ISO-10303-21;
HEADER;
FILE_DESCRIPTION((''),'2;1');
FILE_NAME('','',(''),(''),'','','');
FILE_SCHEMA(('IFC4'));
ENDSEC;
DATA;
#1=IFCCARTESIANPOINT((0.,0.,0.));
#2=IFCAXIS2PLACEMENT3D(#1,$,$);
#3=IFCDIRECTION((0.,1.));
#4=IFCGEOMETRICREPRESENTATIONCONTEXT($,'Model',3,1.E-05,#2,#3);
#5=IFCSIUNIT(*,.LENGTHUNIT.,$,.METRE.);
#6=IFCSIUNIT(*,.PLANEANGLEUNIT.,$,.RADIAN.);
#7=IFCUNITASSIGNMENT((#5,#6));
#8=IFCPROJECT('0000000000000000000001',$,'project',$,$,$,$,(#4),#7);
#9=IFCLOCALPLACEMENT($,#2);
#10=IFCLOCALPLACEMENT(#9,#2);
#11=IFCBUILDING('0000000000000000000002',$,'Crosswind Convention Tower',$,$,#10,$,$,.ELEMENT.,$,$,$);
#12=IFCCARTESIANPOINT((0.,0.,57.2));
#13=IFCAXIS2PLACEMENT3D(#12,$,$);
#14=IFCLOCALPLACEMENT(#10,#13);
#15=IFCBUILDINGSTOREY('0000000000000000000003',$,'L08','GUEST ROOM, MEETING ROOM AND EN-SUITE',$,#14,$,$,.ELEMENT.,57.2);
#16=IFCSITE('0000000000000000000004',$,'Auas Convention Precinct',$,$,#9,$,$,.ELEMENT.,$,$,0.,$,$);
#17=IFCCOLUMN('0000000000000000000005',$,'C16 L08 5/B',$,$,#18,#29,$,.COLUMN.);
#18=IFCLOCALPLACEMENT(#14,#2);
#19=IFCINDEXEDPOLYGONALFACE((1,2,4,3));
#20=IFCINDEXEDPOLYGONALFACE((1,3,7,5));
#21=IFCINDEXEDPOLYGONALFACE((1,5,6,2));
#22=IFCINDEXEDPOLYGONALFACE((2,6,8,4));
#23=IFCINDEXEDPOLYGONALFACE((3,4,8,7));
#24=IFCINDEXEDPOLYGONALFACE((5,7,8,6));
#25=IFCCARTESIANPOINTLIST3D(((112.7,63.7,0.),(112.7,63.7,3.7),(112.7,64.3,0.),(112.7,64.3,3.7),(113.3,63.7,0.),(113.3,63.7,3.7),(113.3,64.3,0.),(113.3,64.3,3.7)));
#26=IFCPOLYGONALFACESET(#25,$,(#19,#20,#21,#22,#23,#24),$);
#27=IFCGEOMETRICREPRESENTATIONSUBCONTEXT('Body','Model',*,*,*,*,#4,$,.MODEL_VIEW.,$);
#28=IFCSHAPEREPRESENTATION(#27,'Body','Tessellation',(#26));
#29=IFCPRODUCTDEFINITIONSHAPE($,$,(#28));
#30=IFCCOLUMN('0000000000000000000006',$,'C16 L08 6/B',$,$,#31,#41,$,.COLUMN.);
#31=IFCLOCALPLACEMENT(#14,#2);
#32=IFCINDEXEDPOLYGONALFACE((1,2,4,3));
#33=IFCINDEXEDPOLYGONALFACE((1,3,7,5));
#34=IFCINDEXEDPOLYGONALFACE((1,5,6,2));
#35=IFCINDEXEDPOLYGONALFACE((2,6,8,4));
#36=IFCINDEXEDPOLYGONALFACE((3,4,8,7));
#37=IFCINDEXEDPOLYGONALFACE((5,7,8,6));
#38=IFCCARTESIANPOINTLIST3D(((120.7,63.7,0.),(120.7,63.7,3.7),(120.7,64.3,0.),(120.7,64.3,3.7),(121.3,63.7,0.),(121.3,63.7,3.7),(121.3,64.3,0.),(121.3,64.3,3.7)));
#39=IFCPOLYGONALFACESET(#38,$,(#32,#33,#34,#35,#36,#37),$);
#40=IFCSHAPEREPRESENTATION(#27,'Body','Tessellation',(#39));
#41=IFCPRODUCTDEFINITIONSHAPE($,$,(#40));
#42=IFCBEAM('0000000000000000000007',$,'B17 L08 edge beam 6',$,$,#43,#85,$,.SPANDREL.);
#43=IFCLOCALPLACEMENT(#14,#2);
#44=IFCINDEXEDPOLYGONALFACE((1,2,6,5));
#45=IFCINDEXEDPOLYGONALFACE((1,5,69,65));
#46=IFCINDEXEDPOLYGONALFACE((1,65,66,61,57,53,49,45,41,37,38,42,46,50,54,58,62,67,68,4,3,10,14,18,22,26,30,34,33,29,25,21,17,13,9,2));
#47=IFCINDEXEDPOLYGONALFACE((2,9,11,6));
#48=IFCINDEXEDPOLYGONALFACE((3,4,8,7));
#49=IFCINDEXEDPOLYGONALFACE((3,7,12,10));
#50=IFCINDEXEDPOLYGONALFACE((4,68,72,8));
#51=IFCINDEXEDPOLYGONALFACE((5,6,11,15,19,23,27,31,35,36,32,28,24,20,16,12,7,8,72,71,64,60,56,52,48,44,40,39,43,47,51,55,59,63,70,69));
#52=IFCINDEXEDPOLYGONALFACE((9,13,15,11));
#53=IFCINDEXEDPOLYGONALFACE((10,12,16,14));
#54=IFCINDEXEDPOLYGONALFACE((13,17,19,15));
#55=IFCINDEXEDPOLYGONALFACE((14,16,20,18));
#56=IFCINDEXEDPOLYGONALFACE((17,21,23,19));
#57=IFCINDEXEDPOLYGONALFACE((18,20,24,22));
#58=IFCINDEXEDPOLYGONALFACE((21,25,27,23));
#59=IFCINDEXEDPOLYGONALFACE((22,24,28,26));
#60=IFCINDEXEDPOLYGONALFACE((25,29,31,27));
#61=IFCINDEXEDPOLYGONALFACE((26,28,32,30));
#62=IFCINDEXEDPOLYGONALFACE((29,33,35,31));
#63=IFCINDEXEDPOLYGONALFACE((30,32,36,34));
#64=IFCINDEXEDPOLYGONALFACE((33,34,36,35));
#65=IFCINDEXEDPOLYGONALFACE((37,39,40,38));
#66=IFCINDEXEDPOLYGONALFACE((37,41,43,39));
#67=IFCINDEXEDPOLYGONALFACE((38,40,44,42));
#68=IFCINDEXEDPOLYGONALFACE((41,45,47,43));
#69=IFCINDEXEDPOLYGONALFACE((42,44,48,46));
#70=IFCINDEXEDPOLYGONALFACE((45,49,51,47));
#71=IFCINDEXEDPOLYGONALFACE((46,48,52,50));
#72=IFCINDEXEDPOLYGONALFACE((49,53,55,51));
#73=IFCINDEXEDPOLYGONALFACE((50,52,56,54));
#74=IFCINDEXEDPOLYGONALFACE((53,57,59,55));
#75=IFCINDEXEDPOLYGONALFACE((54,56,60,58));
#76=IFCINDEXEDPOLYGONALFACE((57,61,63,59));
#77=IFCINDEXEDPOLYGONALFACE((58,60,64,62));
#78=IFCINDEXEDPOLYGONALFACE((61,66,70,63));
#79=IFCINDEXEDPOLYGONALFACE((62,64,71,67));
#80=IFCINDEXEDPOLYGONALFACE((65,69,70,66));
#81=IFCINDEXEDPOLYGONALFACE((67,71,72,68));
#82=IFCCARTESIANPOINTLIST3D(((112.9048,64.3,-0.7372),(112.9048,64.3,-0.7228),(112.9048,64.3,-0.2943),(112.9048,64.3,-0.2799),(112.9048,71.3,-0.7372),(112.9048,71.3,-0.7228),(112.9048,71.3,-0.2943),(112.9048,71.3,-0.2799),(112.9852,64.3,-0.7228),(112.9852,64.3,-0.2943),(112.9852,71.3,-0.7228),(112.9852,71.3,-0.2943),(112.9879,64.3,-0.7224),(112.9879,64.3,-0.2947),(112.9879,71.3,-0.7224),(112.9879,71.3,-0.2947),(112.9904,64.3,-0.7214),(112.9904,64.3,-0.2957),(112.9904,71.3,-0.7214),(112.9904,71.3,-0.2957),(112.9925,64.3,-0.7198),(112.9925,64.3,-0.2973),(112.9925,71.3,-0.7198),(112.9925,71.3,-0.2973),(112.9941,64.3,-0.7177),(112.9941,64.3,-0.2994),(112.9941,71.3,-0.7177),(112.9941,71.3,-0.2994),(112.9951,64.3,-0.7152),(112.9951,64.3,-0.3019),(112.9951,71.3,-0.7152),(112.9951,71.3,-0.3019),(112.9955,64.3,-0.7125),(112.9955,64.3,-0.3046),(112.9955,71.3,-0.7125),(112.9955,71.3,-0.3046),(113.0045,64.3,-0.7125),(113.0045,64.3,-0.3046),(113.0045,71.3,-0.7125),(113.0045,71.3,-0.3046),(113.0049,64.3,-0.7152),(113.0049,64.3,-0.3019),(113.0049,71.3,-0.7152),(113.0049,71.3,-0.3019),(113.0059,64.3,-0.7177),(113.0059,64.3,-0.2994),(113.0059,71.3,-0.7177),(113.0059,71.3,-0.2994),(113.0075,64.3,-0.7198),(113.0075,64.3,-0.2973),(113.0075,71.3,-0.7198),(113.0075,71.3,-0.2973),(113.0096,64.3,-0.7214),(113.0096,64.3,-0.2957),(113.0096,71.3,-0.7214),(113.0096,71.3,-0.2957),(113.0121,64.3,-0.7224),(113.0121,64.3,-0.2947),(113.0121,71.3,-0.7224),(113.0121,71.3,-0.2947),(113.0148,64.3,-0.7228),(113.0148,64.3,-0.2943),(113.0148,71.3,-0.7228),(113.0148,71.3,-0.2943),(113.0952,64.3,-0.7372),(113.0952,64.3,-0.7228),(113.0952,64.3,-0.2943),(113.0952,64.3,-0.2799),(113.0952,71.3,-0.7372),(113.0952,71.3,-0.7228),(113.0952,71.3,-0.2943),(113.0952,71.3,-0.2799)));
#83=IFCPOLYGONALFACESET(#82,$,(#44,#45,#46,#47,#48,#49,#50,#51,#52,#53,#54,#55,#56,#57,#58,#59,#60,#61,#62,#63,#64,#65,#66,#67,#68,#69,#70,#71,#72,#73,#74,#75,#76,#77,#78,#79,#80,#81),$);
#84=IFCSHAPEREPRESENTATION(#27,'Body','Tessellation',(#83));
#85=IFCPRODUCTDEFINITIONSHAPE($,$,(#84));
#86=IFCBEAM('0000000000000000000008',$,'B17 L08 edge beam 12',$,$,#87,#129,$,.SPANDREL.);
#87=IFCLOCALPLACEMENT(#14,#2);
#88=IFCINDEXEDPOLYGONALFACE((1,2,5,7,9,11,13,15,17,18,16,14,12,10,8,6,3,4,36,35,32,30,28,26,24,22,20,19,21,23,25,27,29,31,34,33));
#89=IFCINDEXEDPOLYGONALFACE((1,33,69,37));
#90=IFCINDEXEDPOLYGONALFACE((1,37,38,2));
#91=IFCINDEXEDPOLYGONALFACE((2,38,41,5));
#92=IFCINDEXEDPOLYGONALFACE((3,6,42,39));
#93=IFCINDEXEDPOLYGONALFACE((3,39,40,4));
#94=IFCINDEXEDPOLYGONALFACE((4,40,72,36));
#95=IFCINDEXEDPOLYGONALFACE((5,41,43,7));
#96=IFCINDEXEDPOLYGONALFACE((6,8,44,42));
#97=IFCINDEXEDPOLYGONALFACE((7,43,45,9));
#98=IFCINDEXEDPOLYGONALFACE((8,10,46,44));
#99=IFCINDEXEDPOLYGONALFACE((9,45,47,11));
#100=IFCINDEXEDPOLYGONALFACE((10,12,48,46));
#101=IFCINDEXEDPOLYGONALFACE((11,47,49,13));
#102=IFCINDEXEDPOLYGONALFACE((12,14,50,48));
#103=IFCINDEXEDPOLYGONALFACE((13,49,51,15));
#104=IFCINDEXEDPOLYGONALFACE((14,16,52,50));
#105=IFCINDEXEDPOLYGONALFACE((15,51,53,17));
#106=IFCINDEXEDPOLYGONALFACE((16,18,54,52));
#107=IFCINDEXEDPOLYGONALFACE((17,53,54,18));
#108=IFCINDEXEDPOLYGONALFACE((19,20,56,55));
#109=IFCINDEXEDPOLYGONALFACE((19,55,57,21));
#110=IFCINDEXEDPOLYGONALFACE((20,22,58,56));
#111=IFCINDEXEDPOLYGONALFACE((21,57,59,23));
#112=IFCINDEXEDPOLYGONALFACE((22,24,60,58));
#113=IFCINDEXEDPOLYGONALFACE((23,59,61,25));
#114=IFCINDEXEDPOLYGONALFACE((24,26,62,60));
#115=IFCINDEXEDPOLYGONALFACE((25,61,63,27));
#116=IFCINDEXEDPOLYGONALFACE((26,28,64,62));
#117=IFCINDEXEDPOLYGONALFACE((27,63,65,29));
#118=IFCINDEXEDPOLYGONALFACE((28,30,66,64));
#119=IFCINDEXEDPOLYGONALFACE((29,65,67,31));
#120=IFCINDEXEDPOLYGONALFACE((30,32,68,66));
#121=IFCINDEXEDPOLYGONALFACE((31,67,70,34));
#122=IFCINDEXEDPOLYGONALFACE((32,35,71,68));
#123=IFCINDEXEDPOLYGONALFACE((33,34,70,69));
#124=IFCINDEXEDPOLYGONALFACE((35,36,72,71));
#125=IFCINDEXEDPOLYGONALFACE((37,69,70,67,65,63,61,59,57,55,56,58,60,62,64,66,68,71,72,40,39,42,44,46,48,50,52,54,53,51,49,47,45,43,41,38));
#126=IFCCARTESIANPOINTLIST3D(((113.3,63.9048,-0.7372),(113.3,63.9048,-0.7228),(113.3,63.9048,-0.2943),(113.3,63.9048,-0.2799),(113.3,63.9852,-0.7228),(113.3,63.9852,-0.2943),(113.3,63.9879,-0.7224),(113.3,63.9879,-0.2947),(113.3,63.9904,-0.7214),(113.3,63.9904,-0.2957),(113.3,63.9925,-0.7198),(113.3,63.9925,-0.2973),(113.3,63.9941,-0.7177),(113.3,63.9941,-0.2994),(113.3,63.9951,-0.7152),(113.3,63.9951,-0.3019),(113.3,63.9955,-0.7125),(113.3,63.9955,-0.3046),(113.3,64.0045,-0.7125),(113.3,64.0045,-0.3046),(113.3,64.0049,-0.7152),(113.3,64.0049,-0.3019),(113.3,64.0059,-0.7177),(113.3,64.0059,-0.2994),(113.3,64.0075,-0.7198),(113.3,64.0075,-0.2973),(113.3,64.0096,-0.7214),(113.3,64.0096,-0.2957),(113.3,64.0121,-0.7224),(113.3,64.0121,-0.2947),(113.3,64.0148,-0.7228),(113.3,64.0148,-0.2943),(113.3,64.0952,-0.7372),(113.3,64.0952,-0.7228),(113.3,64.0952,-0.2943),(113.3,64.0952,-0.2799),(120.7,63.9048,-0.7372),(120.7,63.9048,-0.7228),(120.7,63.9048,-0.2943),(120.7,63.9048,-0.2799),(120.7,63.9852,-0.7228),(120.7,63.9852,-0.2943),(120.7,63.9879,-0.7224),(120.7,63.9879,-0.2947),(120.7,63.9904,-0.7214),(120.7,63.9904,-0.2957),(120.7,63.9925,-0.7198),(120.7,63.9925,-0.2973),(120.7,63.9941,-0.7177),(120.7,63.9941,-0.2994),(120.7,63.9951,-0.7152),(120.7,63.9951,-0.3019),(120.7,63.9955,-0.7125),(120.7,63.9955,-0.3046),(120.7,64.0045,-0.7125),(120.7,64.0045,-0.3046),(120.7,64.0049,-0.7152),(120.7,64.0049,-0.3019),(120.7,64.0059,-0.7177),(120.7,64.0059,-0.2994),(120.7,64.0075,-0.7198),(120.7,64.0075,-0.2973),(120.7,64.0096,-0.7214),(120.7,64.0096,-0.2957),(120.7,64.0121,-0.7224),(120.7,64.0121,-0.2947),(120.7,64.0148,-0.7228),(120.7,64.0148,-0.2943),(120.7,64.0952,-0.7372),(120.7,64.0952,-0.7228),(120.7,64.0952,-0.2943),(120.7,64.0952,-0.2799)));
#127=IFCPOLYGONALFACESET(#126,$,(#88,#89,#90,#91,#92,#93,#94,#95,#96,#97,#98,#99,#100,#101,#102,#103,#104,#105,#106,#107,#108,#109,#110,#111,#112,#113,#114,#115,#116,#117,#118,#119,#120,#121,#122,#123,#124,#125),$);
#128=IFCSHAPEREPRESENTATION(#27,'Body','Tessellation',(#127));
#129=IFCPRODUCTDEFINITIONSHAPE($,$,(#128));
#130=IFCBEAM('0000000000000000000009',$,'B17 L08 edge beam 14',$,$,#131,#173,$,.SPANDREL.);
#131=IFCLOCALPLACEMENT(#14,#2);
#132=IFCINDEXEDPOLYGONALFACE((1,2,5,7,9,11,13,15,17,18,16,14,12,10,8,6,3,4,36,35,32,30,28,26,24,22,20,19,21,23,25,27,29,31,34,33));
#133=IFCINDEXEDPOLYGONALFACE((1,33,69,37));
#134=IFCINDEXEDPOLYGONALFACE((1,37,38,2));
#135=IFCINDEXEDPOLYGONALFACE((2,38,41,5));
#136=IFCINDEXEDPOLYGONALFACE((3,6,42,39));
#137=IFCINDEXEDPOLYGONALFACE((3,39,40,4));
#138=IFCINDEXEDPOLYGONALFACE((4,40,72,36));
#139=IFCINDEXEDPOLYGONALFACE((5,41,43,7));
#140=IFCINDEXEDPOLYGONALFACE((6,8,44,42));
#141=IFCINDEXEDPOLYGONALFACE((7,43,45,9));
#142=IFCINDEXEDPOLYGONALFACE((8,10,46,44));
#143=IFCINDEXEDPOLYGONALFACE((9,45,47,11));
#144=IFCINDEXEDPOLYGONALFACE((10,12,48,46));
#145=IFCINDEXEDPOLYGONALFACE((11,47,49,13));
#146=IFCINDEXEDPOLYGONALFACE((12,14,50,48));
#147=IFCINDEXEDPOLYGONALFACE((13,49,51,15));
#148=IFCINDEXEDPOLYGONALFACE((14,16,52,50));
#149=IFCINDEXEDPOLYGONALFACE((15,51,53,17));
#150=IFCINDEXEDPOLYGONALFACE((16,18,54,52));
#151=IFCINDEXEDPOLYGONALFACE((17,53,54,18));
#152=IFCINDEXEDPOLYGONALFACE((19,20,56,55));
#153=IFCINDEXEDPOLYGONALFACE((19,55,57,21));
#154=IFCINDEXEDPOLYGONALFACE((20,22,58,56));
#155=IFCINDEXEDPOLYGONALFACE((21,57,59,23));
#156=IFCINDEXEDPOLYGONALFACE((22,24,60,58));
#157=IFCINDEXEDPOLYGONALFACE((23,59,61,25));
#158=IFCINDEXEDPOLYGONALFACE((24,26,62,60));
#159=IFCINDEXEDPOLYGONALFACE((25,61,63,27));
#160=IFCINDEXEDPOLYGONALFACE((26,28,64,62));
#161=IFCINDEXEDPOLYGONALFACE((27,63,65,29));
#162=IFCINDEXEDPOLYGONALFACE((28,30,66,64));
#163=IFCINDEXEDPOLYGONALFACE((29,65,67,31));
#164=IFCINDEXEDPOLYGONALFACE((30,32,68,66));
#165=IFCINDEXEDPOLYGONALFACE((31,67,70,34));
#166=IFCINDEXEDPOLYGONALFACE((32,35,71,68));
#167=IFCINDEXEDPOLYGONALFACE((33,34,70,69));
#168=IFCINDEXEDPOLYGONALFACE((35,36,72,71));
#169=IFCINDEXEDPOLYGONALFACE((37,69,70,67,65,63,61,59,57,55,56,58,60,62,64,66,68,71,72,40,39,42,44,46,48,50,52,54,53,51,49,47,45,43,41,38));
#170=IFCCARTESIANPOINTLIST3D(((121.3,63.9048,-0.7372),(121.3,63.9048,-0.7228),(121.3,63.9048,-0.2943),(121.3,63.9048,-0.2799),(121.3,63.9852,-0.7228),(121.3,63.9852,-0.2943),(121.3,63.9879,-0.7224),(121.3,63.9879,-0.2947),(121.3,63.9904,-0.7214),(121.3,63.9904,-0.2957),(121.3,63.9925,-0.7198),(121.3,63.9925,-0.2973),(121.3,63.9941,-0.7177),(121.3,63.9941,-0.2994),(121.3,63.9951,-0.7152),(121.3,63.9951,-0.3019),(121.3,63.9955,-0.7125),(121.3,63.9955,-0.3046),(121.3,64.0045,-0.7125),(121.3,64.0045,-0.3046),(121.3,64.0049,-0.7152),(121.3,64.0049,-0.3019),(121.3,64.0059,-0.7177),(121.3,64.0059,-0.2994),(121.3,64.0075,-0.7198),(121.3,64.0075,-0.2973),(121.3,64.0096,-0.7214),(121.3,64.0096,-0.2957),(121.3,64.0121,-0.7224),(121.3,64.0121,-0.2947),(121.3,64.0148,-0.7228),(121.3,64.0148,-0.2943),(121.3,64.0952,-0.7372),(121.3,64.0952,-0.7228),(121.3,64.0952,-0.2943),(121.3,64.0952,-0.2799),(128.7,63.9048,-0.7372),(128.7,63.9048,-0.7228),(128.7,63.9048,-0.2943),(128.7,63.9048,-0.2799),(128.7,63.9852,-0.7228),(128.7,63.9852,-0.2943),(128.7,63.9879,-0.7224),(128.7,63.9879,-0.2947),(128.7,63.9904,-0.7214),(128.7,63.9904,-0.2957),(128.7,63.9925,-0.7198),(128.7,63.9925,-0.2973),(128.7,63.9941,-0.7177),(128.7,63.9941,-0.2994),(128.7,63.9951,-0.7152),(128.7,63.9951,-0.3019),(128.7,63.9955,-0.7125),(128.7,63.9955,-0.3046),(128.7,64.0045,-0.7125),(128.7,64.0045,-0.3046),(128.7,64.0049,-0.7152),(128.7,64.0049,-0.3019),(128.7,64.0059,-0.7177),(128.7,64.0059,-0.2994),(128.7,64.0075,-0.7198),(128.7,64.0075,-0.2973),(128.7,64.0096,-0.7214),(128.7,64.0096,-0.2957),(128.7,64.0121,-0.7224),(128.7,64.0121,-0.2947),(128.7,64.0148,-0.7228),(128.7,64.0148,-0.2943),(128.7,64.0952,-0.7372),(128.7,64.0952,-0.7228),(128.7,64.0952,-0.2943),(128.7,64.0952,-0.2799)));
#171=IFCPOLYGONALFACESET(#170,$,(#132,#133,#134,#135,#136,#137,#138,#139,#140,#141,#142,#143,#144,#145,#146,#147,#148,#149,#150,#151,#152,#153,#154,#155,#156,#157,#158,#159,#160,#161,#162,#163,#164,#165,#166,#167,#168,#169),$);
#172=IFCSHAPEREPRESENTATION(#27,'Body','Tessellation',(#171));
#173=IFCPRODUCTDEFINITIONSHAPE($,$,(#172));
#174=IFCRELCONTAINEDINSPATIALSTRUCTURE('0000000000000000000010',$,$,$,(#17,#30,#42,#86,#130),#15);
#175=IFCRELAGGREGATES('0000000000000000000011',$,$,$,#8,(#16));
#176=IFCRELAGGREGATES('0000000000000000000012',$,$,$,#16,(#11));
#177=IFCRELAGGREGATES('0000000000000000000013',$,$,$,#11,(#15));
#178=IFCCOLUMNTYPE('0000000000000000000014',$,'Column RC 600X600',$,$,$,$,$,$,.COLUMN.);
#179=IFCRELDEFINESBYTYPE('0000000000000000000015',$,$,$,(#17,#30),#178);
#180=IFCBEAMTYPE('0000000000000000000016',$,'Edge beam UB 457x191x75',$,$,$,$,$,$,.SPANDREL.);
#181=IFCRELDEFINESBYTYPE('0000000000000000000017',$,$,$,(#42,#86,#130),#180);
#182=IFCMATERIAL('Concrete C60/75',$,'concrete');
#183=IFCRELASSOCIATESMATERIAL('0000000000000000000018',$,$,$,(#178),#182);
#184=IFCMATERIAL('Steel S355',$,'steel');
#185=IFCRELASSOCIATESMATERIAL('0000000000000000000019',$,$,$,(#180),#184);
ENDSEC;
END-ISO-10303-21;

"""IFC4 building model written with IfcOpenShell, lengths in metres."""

from ifc_helpers import new_model, si_unit, direction, frame, origin, origin_2d, place, context, subcontext, project, spatial, rectangle, i_section, extrude, material, material_profile, profile_set, type_object, element, save


model = new_model("IFC4")

# Units and contexts
model_context = context("Model", 3, precision=1e-05, world=origin(), true_north=direction((0.0, 1.0)))
body_context = subcontext(model_context, "Body", "Model", "MODEL_VIEW")
ifc_project = project(units=[si_unit("LENGTHUNIT", "METRE"), si_unit("PLANEANGLEUNIT", "RADIAN")], contexts=[model_context])

# Site, building, storey
site_placement = place(None, origin())
site = spatial("IfcSite", under=ifc_project, at=site_placement, Name="Auas Convention Precinct", CompositionType="ELEMENT", RefElevation=0.0)
building_placement = place(site_placement, origin())
building = spatial("IfcBuilding", under=site, at=building_placement, Name="Crosswind Convention Tower", CompositionType="ELEMENT")
storey_placement = place(building_placement, frame((0.0, 0.0, 57.2)))
storey = spatial("IfcBuildingStorey", under=building, at=storey_placement, Name="L08", Description="GUEST ROOM, MEETING ROOM AND EN-SUITE", CompositionType="ELEMENT", Elevation=57.2)

# Columns
ifc_material_1 = material(Name="Concrete C60/75", Category="concrete")
ifc_material_profile_1 = material_profile(ifc_material_1, rectangle(XDim=0.6001, YDim=0.6001, at=origin_2d()), Name="RC 600X600")
ifc_profile_set_1 = profile_set([ifc_material_profile_1], Name="Concrete C60/75")
column_type = type_object("IfcColumnType", Name="Column RC 600X600", PredefinedType="COLUMN", material=ifc_profile_set_1)
for number, where, z_axis, x_axis, name in (
    (1, (113.0, 64.0, 0.0), (0.0, 0.0, 1.0), (1.0, 0.0, 0.0), "C16 L08 5/B"),
    (2, (121.0, 64.0, 0.0), (0.0, 0.0, 1.0), (1.0, 0.0, 0.0), "C16 L08 6/B"),
):
    element("IfcColumn", number, at=place(storey_placement, frame(where, z_axis=z_axis, x_axis=x_axis)), inside=storey, type_object=column_type, Name=name, PredefinedType="COLUMN", context=body_context, shape_type="SweptSolid", body=[
        extrude(rectangle(XDim=0.6001, YDim=0.6001, at=origin_2d()), origin(), (0.0, 0.0, 1.0), 3.7),
    ])

# Beams
ifc_material_2 = material(Name="Steel S355", Category="steel")
ifc_material_profile_2 = material_profile(ifc_material_2, i_section(OverallWidth=0.1904, OverallDepth=0.4573, WebThickness=0.009, FlangeThickness=0.0144, FilletRadius=0.0103, at=origin_2d()), Name="UB 457x191x75")
ifc_profile_set_2 = profile_set([ifc_material_profile_2], Name="Steel S355")
beam_type_1 = type_object("IfcBeamType", Name="Edge beam UB 457x191x75", PredefinedType="SPANDREL", material=ifc_profile_set_2)
beam_1_placement = place(storey_placement, frame((113.0, 64.3, -0.5085), z_axis=(0.0, 1.0, 0.0), x_axis=(-1.0, 0.0, 0.0)))
element("IfcBeam", 3, at=beam_1_placement, inside=storey, type_object=beam_type_1, Name="B17 L08 edge beam 6", PredefinedType="SPANDREL", context=body_context, shape_type="SweptSolid", body=[
    extrude(i_section(OverallWidth=0.1904, OverallDepth=0.4573, WebThickness=0.009, FlangeThickness=0.0144, FilletRadius=0.0103, at=origin_2d()), origin(), (0.0, 0.0, 1.0), 7.0),
])
for number, where, z_axis, x_axis, name in (
    (4, (113.3, 64.0, -0.5085), (1.0, 0.0, 0.0), (0.0, 1.0, 0.0), "B17 L08 edge beam 12"),
    (5, (121.3, 64.0, -0.5085), (1.0, 0.0, 0.0), (0.0, 1.0, 0.0), "B17 L08 edge beam 14"),
):
    element("IfcBeam", number, at=place(storey_placement, frame(where, z_axis=z_axis, x_axis=x_axis)), inside=storey, type_object=beam_type_1, Name=name, PredefinedType="SPANDREL", context=body_context, shape_type="SweptSolid", body=[
        extrude(i_section(OverallWidth=0.1904, OverallDepth=0.4573, WebThickness=0.009, FlangeThickness=0.0144, FilletRadius=0.0103, at=origin_2d()), origin(), (0.0, 0.0, 1.0), 7.3999),
    ])

save(model, "model.ifc")
